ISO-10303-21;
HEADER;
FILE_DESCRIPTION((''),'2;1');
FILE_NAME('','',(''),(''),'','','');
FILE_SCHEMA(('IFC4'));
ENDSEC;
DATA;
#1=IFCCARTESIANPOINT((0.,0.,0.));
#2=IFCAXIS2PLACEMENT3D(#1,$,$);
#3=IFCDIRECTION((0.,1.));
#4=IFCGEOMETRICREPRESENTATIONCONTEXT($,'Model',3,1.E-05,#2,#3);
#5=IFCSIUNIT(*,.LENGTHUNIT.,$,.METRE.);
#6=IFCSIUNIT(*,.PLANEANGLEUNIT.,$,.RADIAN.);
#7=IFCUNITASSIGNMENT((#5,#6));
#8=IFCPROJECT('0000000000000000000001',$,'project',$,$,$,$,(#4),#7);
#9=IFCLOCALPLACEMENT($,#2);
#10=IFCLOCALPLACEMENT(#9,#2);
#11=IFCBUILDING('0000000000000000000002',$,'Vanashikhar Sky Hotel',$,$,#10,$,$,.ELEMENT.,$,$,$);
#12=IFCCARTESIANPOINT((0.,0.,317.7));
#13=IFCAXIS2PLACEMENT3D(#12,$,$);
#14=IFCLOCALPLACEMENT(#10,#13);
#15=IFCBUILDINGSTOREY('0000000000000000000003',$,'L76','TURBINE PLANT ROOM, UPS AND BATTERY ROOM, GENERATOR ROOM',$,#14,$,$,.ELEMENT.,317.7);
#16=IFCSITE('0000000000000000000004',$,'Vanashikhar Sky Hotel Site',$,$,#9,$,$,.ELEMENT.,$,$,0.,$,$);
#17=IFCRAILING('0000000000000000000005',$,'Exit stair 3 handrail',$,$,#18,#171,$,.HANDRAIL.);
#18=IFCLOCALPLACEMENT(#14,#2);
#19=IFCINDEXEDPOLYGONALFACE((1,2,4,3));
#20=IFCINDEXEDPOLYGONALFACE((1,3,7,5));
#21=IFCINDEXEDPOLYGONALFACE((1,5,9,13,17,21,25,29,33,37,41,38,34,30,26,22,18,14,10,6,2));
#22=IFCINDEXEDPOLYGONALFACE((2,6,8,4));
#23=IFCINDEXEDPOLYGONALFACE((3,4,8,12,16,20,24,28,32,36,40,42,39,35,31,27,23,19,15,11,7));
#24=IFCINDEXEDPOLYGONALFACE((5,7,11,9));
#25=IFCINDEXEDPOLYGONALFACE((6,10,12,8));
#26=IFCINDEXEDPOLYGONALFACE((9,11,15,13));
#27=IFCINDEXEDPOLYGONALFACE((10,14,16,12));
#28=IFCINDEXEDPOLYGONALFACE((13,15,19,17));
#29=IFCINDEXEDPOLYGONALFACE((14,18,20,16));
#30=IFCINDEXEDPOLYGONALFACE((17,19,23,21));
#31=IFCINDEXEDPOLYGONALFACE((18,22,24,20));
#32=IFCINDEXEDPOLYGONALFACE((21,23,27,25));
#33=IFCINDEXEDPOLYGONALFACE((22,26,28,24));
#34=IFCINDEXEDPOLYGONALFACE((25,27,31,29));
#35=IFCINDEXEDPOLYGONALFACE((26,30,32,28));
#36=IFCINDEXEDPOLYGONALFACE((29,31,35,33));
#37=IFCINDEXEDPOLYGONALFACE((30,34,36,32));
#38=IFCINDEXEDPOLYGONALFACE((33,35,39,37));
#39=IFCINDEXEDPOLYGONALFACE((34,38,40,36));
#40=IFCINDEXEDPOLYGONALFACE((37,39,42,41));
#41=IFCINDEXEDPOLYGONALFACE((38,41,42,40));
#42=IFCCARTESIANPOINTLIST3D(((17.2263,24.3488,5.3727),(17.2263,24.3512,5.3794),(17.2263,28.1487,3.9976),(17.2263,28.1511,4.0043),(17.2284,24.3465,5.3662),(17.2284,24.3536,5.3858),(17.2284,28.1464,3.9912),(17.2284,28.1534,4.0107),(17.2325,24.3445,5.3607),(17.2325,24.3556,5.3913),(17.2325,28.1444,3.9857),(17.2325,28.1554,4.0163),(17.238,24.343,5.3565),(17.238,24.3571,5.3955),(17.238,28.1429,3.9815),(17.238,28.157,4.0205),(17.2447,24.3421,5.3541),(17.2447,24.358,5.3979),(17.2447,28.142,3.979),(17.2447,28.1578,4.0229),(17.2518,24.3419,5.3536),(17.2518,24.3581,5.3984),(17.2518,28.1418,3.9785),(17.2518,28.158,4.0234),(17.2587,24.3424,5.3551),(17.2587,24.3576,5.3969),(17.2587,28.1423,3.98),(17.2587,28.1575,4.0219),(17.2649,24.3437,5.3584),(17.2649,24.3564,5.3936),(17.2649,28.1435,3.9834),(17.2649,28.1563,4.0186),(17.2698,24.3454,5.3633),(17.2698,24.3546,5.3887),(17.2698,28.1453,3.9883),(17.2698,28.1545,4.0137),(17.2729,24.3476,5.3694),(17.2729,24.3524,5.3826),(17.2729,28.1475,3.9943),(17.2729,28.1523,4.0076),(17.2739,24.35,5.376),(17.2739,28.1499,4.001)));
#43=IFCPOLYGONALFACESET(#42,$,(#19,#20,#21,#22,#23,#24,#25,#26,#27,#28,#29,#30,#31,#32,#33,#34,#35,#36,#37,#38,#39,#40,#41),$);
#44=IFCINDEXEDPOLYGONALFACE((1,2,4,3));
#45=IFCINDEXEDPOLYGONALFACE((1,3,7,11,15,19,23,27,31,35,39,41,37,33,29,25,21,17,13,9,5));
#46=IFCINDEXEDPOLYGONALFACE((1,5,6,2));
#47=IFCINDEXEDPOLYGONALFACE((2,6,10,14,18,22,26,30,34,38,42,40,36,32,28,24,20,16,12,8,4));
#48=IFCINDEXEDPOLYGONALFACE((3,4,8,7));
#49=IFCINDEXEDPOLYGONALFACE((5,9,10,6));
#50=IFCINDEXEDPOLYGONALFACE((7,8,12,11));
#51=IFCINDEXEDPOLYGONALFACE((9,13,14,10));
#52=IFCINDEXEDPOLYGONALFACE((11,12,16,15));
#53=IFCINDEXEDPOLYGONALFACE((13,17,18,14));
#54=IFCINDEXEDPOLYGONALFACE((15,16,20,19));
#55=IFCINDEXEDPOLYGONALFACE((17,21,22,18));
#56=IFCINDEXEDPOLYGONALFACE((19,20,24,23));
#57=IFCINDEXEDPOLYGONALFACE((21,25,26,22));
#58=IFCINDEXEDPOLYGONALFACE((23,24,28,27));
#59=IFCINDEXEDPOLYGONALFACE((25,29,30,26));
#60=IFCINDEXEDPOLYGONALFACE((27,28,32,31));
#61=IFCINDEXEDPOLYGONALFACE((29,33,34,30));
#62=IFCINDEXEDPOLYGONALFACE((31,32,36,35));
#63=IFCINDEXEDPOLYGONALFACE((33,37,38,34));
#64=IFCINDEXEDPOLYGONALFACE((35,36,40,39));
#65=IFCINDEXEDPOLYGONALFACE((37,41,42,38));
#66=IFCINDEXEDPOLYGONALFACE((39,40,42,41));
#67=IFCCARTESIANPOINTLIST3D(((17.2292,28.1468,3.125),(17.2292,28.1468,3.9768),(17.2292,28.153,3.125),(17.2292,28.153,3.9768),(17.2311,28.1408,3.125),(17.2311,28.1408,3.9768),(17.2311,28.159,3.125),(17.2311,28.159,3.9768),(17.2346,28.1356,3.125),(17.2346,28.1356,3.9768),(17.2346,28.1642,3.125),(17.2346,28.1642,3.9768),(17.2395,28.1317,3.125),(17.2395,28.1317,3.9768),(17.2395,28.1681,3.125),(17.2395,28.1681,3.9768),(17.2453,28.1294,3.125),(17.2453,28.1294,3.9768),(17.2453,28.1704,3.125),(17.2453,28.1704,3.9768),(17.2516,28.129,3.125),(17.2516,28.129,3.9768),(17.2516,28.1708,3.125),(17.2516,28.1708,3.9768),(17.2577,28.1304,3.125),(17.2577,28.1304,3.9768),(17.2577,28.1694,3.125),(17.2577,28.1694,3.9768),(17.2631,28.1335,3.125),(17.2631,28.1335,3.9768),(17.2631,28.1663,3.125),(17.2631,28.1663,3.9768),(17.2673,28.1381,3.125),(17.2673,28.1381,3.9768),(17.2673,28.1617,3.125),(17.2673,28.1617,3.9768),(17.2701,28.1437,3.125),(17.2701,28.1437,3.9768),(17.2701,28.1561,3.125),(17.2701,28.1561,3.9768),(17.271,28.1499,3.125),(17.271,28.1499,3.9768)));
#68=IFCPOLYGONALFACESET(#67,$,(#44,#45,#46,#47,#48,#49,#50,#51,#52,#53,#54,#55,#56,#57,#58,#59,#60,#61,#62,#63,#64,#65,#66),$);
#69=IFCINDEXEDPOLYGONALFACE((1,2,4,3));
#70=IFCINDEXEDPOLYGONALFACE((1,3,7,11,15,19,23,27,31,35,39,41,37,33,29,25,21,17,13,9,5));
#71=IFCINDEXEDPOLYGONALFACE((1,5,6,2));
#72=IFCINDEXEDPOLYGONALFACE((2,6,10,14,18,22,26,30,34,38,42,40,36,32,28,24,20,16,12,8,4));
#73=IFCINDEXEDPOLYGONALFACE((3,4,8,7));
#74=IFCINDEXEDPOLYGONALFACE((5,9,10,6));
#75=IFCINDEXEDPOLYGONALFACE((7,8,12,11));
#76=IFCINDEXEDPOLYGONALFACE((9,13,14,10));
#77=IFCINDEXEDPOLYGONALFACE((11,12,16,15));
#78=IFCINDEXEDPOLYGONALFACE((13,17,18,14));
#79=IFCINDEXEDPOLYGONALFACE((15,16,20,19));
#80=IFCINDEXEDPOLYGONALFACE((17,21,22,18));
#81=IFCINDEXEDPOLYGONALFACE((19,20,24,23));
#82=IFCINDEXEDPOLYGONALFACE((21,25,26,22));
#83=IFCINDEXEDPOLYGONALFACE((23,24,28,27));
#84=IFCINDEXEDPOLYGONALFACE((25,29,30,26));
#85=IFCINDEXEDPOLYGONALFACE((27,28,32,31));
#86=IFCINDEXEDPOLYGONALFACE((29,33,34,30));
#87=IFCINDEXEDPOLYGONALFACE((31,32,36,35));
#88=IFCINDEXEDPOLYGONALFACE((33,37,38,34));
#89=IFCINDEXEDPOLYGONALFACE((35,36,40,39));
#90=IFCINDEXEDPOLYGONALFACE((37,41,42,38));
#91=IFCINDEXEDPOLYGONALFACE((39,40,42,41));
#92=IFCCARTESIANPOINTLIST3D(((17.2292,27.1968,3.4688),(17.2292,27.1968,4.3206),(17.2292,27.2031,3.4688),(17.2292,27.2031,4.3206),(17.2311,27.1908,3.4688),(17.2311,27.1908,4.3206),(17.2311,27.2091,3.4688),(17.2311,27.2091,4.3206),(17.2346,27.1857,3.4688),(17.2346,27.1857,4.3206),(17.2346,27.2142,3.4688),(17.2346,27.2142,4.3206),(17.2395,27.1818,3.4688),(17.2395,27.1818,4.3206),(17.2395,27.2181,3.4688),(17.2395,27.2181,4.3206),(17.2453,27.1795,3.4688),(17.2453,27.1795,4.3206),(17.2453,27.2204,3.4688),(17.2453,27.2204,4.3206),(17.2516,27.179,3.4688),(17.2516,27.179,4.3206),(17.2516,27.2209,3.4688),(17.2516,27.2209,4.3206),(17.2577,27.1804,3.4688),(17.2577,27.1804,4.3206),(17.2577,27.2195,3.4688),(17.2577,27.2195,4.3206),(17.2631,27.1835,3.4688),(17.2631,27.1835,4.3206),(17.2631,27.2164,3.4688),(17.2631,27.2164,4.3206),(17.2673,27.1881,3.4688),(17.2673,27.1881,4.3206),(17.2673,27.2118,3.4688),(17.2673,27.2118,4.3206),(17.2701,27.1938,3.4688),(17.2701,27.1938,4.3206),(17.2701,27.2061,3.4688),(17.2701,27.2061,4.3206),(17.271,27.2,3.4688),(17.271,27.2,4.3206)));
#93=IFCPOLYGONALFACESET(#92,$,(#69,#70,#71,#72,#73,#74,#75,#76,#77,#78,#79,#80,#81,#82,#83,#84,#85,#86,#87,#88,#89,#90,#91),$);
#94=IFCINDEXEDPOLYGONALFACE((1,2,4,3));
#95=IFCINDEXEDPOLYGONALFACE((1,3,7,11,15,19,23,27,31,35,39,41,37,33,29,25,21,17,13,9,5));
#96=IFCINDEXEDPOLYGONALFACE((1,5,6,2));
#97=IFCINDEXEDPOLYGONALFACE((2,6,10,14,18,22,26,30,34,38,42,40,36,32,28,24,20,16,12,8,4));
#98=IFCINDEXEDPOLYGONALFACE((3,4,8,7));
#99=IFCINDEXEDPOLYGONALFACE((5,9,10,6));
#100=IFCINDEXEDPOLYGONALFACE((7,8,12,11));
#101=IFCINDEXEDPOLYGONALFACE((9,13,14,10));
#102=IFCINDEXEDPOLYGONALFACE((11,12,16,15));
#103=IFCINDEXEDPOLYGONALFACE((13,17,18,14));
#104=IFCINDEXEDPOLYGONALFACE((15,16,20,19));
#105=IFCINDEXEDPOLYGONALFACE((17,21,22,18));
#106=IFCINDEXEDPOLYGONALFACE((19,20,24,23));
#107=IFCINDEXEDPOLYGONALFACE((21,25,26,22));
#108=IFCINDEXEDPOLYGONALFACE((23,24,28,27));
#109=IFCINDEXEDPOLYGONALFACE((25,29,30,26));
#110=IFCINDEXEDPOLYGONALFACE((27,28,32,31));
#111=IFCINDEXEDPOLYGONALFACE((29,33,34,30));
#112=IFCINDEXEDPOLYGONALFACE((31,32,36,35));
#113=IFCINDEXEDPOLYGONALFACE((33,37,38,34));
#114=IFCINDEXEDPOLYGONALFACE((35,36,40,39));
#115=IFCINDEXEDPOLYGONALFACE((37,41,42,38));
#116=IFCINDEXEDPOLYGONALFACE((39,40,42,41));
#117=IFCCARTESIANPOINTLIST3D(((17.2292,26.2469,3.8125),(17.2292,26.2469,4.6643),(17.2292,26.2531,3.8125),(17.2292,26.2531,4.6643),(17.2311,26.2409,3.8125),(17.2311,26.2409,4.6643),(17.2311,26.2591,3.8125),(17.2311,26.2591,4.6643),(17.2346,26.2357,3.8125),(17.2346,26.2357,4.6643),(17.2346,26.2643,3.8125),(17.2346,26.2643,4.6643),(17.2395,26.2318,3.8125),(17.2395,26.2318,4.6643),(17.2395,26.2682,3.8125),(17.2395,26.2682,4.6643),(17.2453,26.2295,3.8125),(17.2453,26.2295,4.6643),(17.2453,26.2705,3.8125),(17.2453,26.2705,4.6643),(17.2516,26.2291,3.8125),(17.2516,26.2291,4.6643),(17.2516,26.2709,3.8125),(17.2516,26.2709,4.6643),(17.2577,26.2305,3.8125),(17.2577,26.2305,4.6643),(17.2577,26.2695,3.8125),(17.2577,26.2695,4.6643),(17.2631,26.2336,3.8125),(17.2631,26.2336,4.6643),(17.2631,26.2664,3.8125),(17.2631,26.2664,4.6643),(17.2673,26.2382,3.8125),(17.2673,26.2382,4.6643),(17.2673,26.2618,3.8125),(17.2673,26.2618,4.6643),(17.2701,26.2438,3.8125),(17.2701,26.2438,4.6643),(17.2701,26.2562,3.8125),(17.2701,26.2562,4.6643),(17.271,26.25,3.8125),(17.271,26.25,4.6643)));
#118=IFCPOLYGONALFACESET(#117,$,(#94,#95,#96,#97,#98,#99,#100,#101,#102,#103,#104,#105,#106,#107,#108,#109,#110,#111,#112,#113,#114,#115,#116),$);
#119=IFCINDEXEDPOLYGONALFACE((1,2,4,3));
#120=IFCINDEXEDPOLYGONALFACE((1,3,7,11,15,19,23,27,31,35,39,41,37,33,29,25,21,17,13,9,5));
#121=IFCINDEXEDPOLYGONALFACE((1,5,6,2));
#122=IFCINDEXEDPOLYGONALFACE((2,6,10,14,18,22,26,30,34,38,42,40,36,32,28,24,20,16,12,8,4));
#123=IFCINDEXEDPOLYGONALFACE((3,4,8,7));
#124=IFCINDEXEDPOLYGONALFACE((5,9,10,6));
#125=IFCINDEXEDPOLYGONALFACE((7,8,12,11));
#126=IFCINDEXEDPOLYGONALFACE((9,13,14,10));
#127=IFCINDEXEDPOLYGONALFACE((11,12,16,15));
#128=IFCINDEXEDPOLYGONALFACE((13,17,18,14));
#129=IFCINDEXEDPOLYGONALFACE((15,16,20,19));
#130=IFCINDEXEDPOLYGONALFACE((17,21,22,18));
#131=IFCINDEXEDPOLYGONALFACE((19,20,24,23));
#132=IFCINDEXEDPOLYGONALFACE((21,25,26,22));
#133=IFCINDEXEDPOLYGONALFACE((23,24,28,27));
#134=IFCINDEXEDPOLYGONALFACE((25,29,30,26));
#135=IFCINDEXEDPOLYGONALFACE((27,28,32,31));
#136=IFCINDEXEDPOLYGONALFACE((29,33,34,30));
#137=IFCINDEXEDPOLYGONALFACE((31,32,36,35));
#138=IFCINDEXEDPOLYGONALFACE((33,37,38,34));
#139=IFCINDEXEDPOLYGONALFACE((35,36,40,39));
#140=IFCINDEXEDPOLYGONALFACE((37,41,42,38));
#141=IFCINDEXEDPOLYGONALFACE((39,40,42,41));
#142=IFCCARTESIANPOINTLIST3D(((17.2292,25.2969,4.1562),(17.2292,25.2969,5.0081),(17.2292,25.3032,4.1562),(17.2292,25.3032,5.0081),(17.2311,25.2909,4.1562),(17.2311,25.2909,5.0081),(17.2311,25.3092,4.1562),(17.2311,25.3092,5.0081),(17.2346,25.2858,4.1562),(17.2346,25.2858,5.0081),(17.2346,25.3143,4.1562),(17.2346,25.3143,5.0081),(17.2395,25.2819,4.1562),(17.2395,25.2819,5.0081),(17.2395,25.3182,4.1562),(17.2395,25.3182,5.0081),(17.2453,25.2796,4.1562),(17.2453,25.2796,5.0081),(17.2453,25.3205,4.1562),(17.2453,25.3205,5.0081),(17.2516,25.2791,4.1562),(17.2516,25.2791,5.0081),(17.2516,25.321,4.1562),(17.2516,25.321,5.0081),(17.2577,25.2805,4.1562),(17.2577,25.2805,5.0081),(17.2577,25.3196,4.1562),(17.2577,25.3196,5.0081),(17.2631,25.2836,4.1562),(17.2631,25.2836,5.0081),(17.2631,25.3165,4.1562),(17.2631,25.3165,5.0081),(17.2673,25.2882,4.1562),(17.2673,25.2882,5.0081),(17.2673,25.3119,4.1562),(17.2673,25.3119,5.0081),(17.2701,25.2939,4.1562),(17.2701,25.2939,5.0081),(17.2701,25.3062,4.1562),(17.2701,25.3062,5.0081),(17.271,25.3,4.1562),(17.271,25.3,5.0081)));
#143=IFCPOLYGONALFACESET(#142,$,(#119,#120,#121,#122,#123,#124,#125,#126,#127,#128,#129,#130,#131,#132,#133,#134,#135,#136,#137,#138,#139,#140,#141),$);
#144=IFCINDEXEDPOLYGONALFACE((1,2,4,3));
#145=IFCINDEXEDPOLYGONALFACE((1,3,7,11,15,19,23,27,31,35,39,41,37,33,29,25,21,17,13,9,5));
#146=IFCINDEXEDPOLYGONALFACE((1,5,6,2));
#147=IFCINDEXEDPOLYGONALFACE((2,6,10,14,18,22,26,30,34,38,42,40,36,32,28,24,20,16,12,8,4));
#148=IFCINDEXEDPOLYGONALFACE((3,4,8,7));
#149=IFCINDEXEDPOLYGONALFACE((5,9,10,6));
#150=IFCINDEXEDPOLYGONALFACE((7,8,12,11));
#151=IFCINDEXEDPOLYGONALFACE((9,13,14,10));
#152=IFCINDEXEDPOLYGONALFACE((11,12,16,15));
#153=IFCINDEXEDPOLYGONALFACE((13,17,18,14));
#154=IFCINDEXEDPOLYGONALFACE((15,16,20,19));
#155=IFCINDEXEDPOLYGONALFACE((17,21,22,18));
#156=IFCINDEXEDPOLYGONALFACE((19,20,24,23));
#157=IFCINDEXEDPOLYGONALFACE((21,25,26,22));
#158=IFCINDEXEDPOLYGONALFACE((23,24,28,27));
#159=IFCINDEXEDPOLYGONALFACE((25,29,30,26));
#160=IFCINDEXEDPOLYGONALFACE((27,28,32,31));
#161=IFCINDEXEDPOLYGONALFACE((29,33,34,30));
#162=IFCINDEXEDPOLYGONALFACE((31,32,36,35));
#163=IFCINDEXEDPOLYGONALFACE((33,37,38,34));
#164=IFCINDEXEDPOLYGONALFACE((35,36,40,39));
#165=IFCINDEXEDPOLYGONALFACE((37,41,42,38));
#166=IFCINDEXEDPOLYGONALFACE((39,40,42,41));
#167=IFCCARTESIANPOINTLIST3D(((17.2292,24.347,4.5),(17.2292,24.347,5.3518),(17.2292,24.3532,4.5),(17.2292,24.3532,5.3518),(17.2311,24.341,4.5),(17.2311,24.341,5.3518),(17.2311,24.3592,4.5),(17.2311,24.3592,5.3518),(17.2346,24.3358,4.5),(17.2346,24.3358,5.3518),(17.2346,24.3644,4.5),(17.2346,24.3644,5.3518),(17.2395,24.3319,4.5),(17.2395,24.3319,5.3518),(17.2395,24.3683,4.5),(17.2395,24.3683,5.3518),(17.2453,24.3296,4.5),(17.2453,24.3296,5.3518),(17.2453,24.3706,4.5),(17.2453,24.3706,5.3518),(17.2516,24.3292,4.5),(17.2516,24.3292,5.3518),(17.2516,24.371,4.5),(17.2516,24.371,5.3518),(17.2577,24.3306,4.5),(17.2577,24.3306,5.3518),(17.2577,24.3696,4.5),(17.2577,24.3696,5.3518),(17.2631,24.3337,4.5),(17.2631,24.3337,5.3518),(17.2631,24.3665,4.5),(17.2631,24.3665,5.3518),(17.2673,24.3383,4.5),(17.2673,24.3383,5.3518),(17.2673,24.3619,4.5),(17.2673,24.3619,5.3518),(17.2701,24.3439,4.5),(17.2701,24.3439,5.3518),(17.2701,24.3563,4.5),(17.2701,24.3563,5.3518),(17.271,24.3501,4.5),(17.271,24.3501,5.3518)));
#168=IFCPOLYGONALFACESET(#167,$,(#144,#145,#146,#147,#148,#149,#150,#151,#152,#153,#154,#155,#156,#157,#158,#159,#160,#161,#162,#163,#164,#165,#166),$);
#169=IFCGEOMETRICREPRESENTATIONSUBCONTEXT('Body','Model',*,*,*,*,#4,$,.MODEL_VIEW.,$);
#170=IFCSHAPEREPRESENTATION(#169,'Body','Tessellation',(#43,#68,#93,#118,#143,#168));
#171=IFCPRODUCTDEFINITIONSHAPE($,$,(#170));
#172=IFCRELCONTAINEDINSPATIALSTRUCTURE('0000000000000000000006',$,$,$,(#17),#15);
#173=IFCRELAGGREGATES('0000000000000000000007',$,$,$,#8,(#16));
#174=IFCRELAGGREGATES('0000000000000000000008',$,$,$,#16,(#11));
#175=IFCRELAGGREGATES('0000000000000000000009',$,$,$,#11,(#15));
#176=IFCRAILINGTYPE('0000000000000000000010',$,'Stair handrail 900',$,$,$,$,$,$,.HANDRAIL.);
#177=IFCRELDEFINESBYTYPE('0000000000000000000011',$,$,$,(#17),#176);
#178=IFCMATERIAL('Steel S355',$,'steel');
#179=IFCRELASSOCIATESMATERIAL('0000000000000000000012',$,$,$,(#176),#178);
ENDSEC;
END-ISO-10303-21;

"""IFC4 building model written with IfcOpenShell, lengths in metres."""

from ifc_helpers import new_model, si_unit, direction, frame, origin, origin_2d, place, context, subcontext, project, spatial, circle, extrude, source, transform, mapped, material, type_object, element, save


model = new_model("IFC4")

# Units and contexts
model_context = context("Model", 3, precision=1e-05, world=origin(), true_north=direction((0.0, 1.0)))
body_context = subcontext(model_context, "Body", "Model", "MODEL_VIEW")
ifc_project = project(units=[si_unit("LENGTHUNIT", "METRE"), si_unit("PLANEANGLEUNIT", "RADIAN")], contexts=[model_context])

# Site, building, storey
site_placement = place(None, origin())
site = spatial("IfcSite", under=ifc_project, at=site_placement, Name="Vanashikhar Sky Hotel Site", CompositionType="ELEMENT", RefElevation=0.0)
building_placement = place(site_placement, origin())
building = spatial("IfcBuilding", under=site, at=building_placement, Name="Vanashikhar Sky Hotel", CompositionType="ELEMENT")
storey_placement = place(building_placement, frame((0.0, 0.0, 317.7)))
storey = spatial("IfcBuildingStorey", under=building, at=storey_placement, Name="L76", Description="TURBINE PLANT ROOM, UPS AND BATTERY ROOM, GENERATOR ROOM", CompositionType="ELEMENT", Elevation=317.7)

# Railing
ifc_material_1 = material(Name="Steel S355", Category="steel")
railing_type_1 = type_object("IfcRailingType", Name="Stair handrail 900", PredefinedType="HANDRAIL", material=ifc_material_1)
shared_shape_1 = source(origin(), body_context, "Body", "SweptSolid", [
    extrude(circle(Radius=0.0239, at=origin_2d()), frame((0.0, 0.0, 0.876), z_axis=(0.0, -0.940329, 0.340268), x_axis=(1.0, 0.0, 0.0)), (0.0, 0.0, 1.0), 4.041),
    extrude(circle(Radius=0.021, at=origin_2d()), origin(), (0.0, 0.0, 1.0), 0.8518),
    extrude(circle(Radius=0.021, at=origin_2d()), frame((0.0, -0.95, 0.3438)), (0.0, 0.0, 1.0), 0.8518),
    extrude(circle(Radius=0.021, at=origin_2d()), frame((0.0, -1.8999, 0.6875)), (0.0, 0.0, 1.0), 0.8518),
    extrude(circle(Radius=0.021, at=origin_2d()), frame((0.0, -2.8499, 1.0312)), (0.0, 0.0, 1.0), 0.8518),
    extrude(circle(Radius=0.021, at=origin_2d()), frame((0.0, -3.7998, 1.375)), (0.0, 0.0, 1.0), 0.8518),
])
for number, where, name in (
    (1, (17.25, 28.1499, 3.125), "Exit stair 3 handrail"),
):
    element("IfcRailing", number, at=place(storey_placement, frame(where)), inside=storey, type_object=railing_type_1, Name=name, PredefinedType="HANDRAIL", context=body_context, shape_type="MappedRepresentation", body=[
        mapped(shared_shape_1, transform((0.0, 0.0, 0.0), scale=1.0)),
    ])

save(model, "model.ifc")
